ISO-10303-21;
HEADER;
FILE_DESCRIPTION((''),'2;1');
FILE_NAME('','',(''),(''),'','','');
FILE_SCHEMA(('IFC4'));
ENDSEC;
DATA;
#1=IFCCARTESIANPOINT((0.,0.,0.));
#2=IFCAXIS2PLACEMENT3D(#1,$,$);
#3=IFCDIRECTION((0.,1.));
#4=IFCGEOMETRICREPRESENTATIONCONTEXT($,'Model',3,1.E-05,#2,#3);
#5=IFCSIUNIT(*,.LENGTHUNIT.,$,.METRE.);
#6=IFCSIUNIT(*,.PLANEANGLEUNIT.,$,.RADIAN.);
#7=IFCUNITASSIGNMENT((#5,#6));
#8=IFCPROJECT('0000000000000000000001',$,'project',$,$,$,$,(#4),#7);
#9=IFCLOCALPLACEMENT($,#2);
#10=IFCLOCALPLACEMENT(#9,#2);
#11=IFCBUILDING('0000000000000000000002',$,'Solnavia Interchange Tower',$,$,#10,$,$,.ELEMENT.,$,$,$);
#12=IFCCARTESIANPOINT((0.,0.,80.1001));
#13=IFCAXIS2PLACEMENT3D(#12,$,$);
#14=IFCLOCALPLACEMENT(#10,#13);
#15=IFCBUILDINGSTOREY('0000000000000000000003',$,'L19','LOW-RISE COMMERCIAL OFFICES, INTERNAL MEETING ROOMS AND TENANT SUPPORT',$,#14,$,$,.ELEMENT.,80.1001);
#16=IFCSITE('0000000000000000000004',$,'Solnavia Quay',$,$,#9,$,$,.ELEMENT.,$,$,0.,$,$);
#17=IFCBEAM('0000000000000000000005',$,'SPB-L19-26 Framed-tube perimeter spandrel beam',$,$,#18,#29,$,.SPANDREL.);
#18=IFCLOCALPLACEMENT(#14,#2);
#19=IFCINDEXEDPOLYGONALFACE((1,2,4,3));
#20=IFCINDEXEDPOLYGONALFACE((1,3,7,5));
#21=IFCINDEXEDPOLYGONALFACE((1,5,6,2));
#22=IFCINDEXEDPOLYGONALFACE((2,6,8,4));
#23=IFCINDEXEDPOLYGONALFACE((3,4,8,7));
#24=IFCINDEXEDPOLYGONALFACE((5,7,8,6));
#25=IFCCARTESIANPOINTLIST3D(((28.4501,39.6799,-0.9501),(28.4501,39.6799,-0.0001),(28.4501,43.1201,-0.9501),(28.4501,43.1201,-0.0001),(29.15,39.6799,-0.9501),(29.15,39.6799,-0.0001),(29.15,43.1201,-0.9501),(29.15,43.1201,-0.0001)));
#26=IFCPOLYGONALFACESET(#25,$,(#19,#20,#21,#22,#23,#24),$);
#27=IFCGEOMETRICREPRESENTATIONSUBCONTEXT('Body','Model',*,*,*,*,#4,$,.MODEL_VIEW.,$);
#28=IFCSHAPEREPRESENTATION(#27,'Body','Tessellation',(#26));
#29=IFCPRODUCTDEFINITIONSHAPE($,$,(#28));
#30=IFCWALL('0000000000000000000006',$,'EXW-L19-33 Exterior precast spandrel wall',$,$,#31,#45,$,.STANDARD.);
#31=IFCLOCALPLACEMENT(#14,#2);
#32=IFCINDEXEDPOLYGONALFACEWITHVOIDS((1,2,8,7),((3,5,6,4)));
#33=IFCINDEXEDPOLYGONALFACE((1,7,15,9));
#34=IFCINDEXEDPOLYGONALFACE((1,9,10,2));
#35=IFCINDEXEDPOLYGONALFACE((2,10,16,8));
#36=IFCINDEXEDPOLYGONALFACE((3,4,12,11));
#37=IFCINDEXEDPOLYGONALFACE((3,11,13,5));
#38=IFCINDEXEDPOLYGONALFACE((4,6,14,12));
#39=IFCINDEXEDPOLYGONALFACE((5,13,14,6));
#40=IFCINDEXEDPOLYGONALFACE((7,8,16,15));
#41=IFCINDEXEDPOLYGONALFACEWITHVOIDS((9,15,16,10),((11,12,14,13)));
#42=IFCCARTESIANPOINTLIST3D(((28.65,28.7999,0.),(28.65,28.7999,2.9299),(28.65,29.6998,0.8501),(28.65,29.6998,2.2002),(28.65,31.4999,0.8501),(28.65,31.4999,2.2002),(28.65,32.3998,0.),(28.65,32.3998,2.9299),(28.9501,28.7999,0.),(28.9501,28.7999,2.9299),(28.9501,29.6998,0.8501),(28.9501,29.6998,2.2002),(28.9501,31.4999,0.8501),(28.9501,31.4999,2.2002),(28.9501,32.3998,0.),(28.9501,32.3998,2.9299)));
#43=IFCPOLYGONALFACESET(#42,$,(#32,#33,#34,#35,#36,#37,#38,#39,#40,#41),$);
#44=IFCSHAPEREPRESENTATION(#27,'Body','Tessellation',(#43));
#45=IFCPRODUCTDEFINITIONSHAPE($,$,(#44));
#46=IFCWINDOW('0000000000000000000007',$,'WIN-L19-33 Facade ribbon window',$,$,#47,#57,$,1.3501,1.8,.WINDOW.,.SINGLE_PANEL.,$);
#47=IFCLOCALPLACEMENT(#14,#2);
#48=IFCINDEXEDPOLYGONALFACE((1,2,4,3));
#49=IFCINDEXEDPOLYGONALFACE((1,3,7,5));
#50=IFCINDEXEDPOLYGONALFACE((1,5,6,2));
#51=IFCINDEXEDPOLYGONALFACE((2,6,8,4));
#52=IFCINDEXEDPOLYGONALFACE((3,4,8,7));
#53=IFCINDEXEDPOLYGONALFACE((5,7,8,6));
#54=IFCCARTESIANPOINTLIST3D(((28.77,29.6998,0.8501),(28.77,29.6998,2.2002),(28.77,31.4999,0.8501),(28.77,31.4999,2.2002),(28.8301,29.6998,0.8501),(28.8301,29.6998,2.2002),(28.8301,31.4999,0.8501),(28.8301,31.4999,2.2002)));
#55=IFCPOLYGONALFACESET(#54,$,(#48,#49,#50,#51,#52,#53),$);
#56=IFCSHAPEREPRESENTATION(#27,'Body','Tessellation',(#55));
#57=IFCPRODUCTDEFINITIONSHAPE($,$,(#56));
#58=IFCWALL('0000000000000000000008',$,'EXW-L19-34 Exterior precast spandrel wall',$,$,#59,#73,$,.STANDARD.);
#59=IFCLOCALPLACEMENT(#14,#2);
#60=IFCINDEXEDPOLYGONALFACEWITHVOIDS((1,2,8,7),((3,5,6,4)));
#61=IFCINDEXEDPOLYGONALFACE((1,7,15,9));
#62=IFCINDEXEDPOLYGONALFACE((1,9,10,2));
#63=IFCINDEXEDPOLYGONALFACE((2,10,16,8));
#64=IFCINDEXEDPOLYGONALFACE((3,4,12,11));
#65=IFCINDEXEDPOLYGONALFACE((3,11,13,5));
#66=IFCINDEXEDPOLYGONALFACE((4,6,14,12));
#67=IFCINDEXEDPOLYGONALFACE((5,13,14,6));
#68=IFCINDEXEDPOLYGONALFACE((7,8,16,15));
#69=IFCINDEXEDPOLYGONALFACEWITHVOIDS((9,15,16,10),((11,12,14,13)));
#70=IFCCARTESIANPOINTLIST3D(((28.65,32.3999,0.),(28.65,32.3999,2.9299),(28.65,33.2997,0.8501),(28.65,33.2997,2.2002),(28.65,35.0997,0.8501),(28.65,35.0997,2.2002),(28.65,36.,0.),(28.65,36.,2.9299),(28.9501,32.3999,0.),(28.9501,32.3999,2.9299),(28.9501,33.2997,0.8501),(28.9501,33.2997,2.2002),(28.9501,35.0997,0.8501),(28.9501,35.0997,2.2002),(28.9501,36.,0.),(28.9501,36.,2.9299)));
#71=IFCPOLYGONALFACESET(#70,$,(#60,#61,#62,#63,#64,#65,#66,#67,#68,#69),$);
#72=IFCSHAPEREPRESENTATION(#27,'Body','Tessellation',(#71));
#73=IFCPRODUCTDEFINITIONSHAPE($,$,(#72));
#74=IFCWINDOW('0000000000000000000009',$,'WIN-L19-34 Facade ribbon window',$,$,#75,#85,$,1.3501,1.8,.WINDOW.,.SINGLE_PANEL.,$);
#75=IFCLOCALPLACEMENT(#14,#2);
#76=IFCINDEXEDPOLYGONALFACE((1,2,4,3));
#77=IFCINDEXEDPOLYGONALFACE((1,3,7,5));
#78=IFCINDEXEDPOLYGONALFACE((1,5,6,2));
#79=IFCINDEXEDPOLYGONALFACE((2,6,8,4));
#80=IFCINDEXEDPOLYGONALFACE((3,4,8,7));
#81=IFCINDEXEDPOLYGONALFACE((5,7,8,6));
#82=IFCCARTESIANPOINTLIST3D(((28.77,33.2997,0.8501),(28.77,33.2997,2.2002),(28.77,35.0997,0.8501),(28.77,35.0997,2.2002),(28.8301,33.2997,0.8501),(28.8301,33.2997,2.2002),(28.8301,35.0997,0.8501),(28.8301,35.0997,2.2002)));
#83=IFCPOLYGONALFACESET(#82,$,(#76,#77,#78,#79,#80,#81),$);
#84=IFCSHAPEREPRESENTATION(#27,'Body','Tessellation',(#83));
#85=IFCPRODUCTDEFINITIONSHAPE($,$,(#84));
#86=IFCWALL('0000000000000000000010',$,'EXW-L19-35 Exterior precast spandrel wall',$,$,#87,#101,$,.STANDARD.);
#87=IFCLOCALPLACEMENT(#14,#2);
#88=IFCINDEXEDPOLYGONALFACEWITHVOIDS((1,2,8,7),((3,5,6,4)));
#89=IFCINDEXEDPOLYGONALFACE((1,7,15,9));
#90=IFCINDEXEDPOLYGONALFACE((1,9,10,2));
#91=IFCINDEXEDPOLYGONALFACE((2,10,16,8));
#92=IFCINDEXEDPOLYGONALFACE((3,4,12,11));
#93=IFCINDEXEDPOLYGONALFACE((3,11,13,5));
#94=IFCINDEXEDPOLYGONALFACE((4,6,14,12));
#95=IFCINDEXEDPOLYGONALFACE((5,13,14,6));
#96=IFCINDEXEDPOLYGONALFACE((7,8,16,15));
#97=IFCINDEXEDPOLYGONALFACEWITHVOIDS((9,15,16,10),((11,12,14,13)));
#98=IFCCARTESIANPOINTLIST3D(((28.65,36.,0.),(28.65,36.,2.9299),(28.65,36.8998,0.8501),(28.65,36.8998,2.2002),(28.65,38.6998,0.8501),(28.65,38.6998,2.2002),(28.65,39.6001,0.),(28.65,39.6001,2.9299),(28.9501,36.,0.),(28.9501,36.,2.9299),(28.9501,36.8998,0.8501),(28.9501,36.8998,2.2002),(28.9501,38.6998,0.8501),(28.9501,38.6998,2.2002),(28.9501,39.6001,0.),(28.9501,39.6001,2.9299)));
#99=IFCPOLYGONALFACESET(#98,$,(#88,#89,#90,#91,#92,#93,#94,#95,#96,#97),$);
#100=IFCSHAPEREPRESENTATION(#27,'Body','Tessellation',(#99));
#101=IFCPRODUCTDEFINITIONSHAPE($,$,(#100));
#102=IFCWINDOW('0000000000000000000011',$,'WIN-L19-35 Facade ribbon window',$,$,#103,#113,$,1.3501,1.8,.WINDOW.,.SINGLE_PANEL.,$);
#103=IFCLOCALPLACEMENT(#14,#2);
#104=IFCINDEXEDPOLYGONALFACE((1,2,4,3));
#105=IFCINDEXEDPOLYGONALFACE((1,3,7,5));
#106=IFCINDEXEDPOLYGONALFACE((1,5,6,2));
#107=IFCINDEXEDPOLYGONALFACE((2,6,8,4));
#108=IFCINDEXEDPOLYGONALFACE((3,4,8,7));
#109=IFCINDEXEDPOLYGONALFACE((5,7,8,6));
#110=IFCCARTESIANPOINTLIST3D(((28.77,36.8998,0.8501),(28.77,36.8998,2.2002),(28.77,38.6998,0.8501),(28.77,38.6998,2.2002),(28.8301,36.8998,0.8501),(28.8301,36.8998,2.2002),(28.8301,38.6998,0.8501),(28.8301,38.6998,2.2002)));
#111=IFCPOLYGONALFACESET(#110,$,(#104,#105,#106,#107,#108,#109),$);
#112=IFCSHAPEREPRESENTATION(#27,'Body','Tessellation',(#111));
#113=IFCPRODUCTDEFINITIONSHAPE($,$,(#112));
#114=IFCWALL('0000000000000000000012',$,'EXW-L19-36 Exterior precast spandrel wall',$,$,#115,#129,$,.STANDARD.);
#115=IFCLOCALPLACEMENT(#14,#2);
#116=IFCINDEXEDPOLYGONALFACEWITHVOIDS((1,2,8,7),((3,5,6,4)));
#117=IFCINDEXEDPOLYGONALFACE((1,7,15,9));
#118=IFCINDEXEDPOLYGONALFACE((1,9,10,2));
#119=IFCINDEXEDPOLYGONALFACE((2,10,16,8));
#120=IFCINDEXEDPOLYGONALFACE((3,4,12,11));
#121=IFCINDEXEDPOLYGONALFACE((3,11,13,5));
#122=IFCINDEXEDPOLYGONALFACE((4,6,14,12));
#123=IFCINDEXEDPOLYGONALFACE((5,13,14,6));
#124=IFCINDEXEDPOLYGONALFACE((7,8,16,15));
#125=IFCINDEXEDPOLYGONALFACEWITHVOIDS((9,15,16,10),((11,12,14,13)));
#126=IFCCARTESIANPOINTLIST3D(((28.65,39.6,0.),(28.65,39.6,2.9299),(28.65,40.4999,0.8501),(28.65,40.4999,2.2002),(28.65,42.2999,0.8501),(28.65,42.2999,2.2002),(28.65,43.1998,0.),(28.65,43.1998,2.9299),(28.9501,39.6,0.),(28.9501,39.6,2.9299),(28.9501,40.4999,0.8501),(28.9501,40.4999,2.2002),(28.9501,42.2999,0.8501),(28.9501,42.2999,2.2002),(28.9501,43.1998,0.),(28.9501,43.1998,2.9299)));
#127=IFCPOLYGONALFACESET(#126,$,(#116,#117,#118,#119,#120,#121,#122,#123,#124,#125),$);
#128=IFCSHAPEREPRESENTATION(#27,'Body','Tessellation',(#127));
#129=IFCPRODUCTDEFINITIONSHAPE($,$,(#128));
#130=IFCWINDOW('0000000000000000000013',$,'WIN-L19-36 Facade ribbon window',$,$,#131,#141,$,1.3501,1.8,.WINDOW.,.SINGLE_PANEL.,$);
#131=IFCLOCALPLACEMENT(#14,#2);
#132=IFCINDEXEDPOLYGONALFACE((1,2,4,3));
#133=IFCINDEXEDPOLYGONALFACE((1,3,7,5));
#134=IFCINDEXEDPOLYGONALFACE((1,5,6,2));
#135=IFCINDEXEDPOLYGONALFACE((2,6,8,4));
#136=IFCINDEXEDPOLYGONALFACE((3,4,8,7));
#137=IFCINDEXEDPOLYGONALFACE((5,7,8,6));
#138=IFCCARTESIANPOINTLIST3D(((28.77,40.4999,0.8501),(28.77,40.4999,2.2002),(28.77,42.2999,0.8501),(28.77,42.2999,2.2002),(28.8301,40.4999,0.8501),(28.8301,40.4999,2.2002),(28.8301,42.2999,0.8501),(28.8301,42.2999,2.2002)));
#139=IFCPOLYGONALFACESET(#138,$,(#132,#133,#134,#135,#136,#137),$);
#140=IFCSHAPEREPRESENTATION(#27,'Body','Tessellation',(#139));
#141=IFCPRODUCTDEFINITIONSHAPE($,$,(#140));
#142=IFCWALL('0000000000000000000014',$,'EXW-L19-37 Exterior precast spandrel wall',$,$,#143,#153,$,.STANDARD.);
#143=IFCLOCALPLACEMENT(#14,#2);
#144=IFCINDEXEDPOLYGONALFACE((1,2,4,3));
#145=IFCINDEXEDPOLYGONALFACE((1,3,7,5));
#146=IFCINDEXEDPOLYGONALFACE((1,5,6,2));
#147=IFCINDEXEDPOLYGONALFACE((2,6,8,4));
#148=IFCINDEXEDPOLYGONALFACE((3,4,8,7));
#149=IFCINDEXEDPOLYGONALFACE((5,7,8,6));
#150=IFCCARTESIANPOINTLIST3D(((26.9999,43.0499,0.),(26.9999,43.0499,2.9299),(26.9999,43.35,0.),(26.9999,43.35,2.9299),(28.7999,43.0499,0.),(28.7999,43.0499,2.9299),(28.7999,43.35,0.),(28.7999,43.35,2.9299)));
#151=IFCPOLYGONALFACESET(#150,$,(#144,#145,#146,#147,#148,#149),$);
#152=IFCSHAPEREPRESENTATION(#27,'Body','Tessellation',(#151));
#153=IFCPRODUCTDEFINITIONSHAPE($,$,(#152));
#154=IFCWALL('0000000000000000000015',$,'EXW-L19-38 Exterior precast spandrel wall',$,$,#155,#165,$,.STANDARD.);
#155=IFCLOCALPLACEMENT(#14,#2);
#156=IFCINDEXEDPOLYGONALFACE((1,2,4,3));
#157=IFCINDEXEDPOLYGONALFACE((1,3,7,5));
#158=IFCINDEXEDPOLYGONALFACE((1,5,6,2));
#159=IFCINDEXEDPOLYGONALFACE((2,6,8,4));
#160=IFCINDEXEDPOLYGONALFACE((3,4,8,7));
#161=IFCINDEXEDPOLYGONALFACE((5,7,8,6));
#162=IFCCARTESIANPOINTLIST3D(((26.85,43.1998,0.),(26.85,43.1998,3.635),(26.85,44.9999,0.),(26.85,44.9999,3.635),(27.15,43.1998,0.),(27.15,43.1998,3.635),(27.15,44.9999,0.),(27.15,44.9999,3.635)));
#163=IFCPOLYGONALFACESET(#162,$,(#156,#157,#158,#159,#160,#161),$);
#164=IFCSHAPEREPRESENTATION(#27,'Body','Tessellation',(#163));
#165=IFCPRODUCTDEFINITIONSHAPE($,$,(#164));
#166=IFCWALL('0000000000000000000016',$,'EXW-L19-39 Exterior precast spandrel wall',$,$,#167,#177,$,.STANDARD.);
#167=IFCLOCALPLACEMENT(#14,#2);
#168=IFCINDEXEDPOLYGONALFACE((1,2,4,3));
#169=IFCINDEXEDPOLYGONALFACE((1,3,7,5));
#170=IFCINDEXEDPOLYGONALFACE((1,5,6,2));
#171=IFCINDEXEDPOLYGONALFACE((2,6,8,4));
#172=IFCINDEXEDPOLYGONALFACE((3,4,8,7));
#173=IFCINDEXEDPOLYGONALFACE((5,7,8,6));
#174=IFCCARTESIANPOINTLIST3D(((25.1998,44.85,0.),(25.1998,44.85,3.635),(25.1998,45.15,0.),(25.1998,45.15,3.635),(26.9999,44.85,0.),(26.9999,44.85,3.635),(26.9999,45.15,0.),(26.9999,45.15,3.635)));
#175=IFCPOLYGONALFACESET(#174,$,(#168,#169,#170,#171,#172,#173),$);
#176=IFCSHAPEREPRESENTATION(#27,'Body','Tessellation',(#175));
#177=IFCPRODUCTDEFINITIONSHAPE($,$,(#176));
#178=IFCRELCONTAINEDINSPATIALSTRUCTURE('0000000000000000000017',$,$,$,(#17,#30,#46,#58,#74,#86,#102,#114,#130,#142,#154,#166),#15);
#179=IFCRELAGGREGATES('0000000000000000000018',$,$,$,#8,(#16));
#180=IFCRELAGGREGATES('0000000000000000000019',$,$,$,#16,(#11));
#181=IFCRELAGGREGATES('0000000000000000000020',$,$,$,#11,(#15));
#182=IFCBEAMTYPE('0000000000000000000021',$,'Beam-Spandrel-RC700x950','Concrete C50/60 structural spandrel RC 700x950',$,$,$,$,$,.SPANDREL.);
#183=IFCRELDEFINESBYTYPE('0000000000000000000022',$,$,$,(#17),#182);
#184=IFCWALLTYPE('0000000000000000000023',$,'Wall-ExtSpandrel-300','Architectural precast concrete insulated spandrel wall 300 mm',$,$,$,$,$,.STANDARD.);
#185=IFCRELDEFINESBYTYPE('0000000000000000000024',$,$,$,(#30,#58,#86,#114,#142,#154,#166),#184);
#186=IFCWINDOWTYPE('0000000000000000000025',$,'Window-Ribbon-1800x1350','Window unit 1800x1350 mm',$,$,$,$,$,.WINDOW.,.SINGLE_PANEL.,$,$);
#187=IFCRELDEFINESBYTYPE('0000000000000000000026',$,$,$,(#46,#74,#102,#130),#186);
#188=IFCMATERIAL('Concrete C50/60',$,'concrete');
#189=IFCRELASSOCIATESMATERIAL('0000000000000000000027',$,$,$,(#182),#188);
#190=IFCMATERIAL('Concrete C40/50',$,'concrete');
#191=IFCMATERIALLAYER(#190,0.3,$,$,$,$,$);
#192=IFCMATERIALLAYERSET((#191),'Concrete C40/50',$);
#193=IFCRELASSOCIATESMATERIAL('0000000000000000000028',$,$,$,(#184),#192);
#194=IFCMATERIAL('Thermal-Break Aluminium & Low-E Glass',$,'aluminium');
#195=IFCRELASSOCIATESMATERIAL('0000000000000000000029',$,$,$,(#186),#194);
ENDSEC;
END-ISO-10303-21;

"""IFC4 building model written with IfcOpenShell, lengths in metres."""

from ifc_helpers import new_model, si_unit, direction, frame, frame_2d, origin, origin_2d, place, context, subcontext, project, spatial, rectangle, extrude, material, layer, layer_set, material_profile, profile_set, type_object, element, fill, save


model = new_model("IFC4")

# Units and contexts
model_context = context("Model", 3, precision=1e-05, world=origin(), true_north=direction((0.0, 1.0)))
body_context = subcontext(model_context, "Body", "Model", "MODEL_VIEW")
ifc_project = project(units=[si_unit("LENGTHUNIT", "METRE"), si_unit("PLANEANGLEUNIT", "RADIAN")], contexts=[model_context])

# Site, building, storey
site_placement = place(None, origin())
site = spatial("IfcSite", under=ifc_project, at=site_placement, Name="Solnavia Quay", CompositionType="ELEMENT", RefElevation=0.0)
building_placement = place(site_placement, origin())
building = spatial("IfcBuilding", under=site, at=building_placement, Name="Solnavia Interchange Tower", CompositionType="ELEMENT")
storey_placement = place(building_placement, frame((0.0, 0.0, 80.1001)))
storey = spatial("IfcBuildingStorey", under=building, at=storey_placement, Name="L19", Description="LOW-RISE COMMERCIAL OFFICES, INTERNAL MEETING ROOMS AND TENANT SUPPORT", CompositionType="ELEMENT", Elevation=80.1001)

# Shared definitions
ifc_material_1 = material(Name="Concrete C50/60", Category="concrete")

# Beam
ifc_material_profile_1 = material_profile(ifc_material_1, rectangle(XDim=0.7, YDim=0.95, at=origin_2d()), Name="RC 700x950")
ifc_profile_set_1 = profile_set([ifc_material_profile_1], Name="Concrete C50/60")
beam_type_1 = type_object("IfcBeamType", Name="Beam-Spandrel-RC700x950", Description="Concrete C50/60 structural spandrel RC 700x950", PredefinedType="SPANDREL", material=ifc_profile_set_1)
beam_1_placement = place(storey_placement, frame((28.8, 39.6799, -0.4751), z_axis=(0.0, 1.0, 0.0), x_axis=(-1.0, 0.0, 0.0)))
element("IfcBeam", 1, at=beam_1_placement, inside=storey, type_object=beam_type_1, Name="SPB-L19-26 Framed-tube perimeter spandrel beam", PredefinedType="SPANDREL", context=body_context, shape_type="SweptSolid", body=[
    extrude(rectangle(XDim=0.7, YDim=0.95, at=origin_2d()), origin(), (0.0, 0.0, 1.0), 3.4402),
])

# Walls, openings, windows
ifc_material_2 = material(Name="Concrete C40/50", Category="concrete")
ifc_layer_1 = layer(ifc_material_2, 0.3)
ifc_layer_set_1 = layer_set([ifc_layer_1], Name="Concrete C40/50")
wall_type = type_object("IfcWallType", Name="Wall-ExtSpandrel-300", Description="Architectural precast concrete insulated spandrel wall 300 mm", PredefinedType="STANDARD", material=ifc_layer_set_1)
wall_1_placement = place(storey_placement, frame((28.8, 28.8, 0.0), z_axis=(0.0, 0.0, 1.0), x_axis=(0.0, 1.0, 0.0)))
wall_1 = element("IfcWall", 2, at=wall_1_placement, inside=storey, type_object=wall_type, Name="EXW-L19-33 Exterior precast spandrel wall", PredefinedType="STANDARD", context=body_context, shape_type="SweptSolid", body=[
    extrude(rectangle(XDim=3.5999, YDim=0.3, at=frame_2d((1.7998, 0.0))), origin(), (0.0, 0.0, 1.0), 2.9299),
])
opening_1_placement = place(wall_1_placement, frame((0.8999, 0.0, 0.8501)))
opening_1 = element("IfcOpeningElement", 3, at=opening_1_placement, cuts=wall_1, PredefinedType="OPENING", context=body_context, shape_type="SweptSolid", body=[
    extrude(rectangle(XDim=1.8, YDim=1.3501, at=frame_2d((0.8999, 0.675))), frame((0.0, 0.1602, 0.0), z_axis=(0.0, -1.0, 0.0), x_axis=(1.0, 0.0, 0.0)), (0.0, 0.0, 1.0), 0.3201),
])
ifc_material_3 = material(Name="Thermal-Break Aluminium & Low-E Glass", Category="aluminium")
window_type = type_object("IfcWindowType", Name="Window-Ribbon-1800x1350", Description="Window unit 1800x1350 mm", PartitioningType="SINGLE_PANEL", PredefinedType="WINDOW", material=ifc_material_3)
window_1_placement = place(opening_1_placement, origin())
window_1 = element("IfcWindow", 4, at=window_1_placement, inside=storey, type_object=window_type, Name="WIN-L19-33 Facade ribbon window", OverallHeight=1.3501, OverallWidth=1.8, PartitioningType="SINGLE_PANEL", PredefinedType="WINDOW", context=body_context, shape_type="SweptSolid", body=[
    extrude(rectangle(XDim=1.8, YDim=1.3501, at=frame_2d((0.8999, 0.675))), frame((0.0, 0.03, 0.0), z_axis=(0.0, -1.0, 0.0), x_axis=(1.0, 0.0, 0.0)), (0.0, 0.0, 1.0), 0.0601),
])
fill(opening_1, window_1)
wall_2_placement = place(storey_placement, frame((28.8, 32.3999, 0.0), z_axis=(0.0, 0.0, 1.0), x_axis=(0.0, 1.0, 0.0)))
wall_2 = element("IfcWall", 5, at=wall_2_placement, inside=storey, type_object=wall_type, Name="EXW-L19-34 Exterior precast spandrel wall", PredefinedType="STANDARD", context=body_context, shape_type="SweptSolid", body=[
    extrude(rectangle(XDim=3.6001, YDim=0.3, at=frame_2d((1.8, 0.0))), origin(), (0.0, 0.0, 1.0), 2.9299),
])
opening_2_placement = place(wall_2_placement, frame((0.8999, 0.0, 0.8501)))
opening_2 = element("IfcOpeningElement", 6, at=opening_2_placement, cuts=wall_2, PredefinedType="OPENING", context=body_context, shape_type="SweptSolid", body=[
    extrude(rectangle(XDim=1.8, YDim=1.3501, at=frame_2d((0.8999, 0.675))), frame((0.0, 0.1602, 0.0), z_axis=(0.0, -1.0, 0.0), x_axis=(1.0, 0.0, 0.0)), (0.0, 0.0, 1.0), 0.3201),
])
window_2_placement = place(opening_2_placement, origin())
window_2 = element("IfcWindow", 7, at=window_2_placement, inside=storey, type_object=window_type, Name="WIN-L19-34 Facade ribbon window", OverallHeight=1.3501, OverallWidth=1.8, PartitioningType="SINGLE_PANEL", PredefinedType="WINDOW", context=body_context, shape_type="SweptSolid", body=[
    extrude(rectangle(XDim=1.8, YDim=1.3501, at=frame_2d((0.8999, 0.675))), frame((0.0, 0.03, 0.0), z_axis=(0.0, -1.0, 0.0), x_axis=(1.0, 0.0, 0.0)), (0.0, 0.0, 1.0), 0.0601),
])
fill(opening_2, window_2)
wall_3_placement = place(storey_placement, frame((28.8, 36.0, 0.0), z_axis=(0.0, 0.0, 1.0), x_axis=(0.0, 1.0, 0.0)))
wall_3 = element("IfcWall", 8, at=wall_3_placement, inside=storey, type_object=wall_type, Name="EXW-L19-35 Exterior precast spandrel wall", PredefinedType="STANDARD", context=body_context, shape_type="SweptSolid", body=[
    extrude(rectangle(XDim=3.6001, YDim=0.3, at=frame_2d((1.8, 0.0))), origin(), (0.0, 0.0, 1.0), 2.9299),
])
opening_3_placement = place(wall_3_placement, frame((0.8999, 0.0, 0.8501)))
opening_3 = element("IfcOpeningElement", 9, at=opening_3_placement, cuts=wall_3, PredefinedType="OPENING", context=body_context, shape_type="SweptSolid", body=[
    extrude(rectangle(XDim=1.8, YDim=1.3501, at=frame_2d((0.8999, 0.675))), frame((0.0, 0.1602, 0.0), z_axis=(0.0, -1.0, 0.0), x_axis=(1.0, 0.0, 0.0)), (0.0, 0.0, 1.0), 0.3201),
])
window_3_placement = place(opening_3_placement, origin())
window_3 = element("IfcWindow", 10, at=window_3_placement, inside=storey, type_object=window_type, Name="WIN-L19-35 Facade ribbon window", OverallHeight=1.3501, OverallWidth=1.8, PartitioningType="SINGLE_PANEL", PredefinedType="WINDOW", context=body_context, shape_type="SweptSolid", body=[
    extrude(rectangle(XDim=1.8, YDim=1.3501, at=frame_2d((0.8999, 0.675))), frame((0.0, 0.03, 0.0), z_axis=(0.0, -1.0, 0.0), x_axis=(1.0, 0.0, 0.0)), (0.0, 0.0, 1.0), 0.0601),
])
fill(opening_3, window_3)
wall_4_placement = place(storey_placement, frame((28.8, 39.6001, 0.0), z_axis=(0.0, 0.0, 1.0), x_axis=(0.0, 1.0, 0.0)))
wall_4 = element("IfcWall", 11, at=wall_4_placement, inside=storey, type_object=wall_type, Name="EXW-L19-36 Exterior precast spandrel wall", PredefinedType="STANDARD", context=body_context, shape_type="SweptSolid", body=[
    extrude(rectangle(XDim=3.5999, YDim=0.3, at=frame_2d((1.7998, 0.0))), origin(), (0.0, 0.0, 1.0), 2.9299),
])
opening_4_placement = place(wall_4_placement, frame((0.8999, 0.0, 0.8501)))
opening_4 = element("IfcOpeningElement", 12, at=opening_4_placement, cuts=wall_4, PredefinedType="OPENING", context=body_context, shape_type="SweptSolid", body=[
    extrude(rectangle(XDim=1.8, YDim=1.3501, at=frame_2d((0.8999, 0.675))), frame((0.0, 0.1602, 0.0), z_axis=(0.0, -1.0, 0.0), x_axis=(1.0, 0.0, 0.0)), (0.0, 0.0, 1.0), 0.3201),
])
window_4_placement = place(opening_4_placement, origin())
window_4 = element("IfcWindow", 13, at=window_4_placement, inside=storey, type_object=window_type, Name="WIN-L19-36 Facade ribbon window", OverallHeight=1.3501, OverallWidth=1.8, PartitioningType="SINGLE_PANEL", PredefinedType="WINDOW", context=body_context, shape_type="SweptSolid", body=[
    extrude(rectangle(XDim=1.8, YDim=1.3501, at=frame_2d((0.8999, 0.675))), frame((0.0, 0.03, 0.0), z_axis=(0.0, -1.0, 0.0), x_axis=(1.0, 0.0, 0.0)), (0.0, 0.0, 1.0), 0.0601),
])
fill(opening_4, window_4)

# Walls
wall_5_placement = place(storey_placement, frame((27.0, 43.2, 0.0), z_axis=(0.0, 0.0, 1.0), x_axis=(1.0, 0.0, 0.0)))
element("IfcWall", 14, at=wall_5_placement, inside=storey, type_object=wall_type, Name="EXW-L19-37 Exterior precast spandrel wall", PredefinedType="STANDARD", context=body_context, shape_type="SweptSolid", body=[
    extrude(rectangle(XDim=1.8, YDim=0.3, at=frame_2d((0.8999, 0.0))), origin(), (0.0, 0.0, 1.0), 2.9299),
])
for number, where, z_axis, x_axis, name in (
    (15, (27.0, 43.2, 0.0), (0.0, 0.0, 1.0), (0.0, 1.0, 0.0), "EXW-L19-38 Exterior precast spandrel wall"),
    (16, (25.2, 45.0, 0.0), (0.0, 0.0, 1.0), (1.0, 0.0, 0.0), "EXW-L19-39 Exterior precast spandrel wall"),
):
    element("IfcWall", number, at=place(storey_placement, frame(where, z_axis=z_axis, x_axis=x_axis)), inside=storey, type_object=wall_type, Name=name, PredefinedType="STANDARD", context=body_context, shape_type="SweptSolid", body=[
        extrude(rectangle(XDim=1.8, YDim=0.3, at=frame_2d((0.8999, 0.0))), origin(), (0.0, 0.0, 1.0), 3.635),
    ])

save(model, "model.ifc")
